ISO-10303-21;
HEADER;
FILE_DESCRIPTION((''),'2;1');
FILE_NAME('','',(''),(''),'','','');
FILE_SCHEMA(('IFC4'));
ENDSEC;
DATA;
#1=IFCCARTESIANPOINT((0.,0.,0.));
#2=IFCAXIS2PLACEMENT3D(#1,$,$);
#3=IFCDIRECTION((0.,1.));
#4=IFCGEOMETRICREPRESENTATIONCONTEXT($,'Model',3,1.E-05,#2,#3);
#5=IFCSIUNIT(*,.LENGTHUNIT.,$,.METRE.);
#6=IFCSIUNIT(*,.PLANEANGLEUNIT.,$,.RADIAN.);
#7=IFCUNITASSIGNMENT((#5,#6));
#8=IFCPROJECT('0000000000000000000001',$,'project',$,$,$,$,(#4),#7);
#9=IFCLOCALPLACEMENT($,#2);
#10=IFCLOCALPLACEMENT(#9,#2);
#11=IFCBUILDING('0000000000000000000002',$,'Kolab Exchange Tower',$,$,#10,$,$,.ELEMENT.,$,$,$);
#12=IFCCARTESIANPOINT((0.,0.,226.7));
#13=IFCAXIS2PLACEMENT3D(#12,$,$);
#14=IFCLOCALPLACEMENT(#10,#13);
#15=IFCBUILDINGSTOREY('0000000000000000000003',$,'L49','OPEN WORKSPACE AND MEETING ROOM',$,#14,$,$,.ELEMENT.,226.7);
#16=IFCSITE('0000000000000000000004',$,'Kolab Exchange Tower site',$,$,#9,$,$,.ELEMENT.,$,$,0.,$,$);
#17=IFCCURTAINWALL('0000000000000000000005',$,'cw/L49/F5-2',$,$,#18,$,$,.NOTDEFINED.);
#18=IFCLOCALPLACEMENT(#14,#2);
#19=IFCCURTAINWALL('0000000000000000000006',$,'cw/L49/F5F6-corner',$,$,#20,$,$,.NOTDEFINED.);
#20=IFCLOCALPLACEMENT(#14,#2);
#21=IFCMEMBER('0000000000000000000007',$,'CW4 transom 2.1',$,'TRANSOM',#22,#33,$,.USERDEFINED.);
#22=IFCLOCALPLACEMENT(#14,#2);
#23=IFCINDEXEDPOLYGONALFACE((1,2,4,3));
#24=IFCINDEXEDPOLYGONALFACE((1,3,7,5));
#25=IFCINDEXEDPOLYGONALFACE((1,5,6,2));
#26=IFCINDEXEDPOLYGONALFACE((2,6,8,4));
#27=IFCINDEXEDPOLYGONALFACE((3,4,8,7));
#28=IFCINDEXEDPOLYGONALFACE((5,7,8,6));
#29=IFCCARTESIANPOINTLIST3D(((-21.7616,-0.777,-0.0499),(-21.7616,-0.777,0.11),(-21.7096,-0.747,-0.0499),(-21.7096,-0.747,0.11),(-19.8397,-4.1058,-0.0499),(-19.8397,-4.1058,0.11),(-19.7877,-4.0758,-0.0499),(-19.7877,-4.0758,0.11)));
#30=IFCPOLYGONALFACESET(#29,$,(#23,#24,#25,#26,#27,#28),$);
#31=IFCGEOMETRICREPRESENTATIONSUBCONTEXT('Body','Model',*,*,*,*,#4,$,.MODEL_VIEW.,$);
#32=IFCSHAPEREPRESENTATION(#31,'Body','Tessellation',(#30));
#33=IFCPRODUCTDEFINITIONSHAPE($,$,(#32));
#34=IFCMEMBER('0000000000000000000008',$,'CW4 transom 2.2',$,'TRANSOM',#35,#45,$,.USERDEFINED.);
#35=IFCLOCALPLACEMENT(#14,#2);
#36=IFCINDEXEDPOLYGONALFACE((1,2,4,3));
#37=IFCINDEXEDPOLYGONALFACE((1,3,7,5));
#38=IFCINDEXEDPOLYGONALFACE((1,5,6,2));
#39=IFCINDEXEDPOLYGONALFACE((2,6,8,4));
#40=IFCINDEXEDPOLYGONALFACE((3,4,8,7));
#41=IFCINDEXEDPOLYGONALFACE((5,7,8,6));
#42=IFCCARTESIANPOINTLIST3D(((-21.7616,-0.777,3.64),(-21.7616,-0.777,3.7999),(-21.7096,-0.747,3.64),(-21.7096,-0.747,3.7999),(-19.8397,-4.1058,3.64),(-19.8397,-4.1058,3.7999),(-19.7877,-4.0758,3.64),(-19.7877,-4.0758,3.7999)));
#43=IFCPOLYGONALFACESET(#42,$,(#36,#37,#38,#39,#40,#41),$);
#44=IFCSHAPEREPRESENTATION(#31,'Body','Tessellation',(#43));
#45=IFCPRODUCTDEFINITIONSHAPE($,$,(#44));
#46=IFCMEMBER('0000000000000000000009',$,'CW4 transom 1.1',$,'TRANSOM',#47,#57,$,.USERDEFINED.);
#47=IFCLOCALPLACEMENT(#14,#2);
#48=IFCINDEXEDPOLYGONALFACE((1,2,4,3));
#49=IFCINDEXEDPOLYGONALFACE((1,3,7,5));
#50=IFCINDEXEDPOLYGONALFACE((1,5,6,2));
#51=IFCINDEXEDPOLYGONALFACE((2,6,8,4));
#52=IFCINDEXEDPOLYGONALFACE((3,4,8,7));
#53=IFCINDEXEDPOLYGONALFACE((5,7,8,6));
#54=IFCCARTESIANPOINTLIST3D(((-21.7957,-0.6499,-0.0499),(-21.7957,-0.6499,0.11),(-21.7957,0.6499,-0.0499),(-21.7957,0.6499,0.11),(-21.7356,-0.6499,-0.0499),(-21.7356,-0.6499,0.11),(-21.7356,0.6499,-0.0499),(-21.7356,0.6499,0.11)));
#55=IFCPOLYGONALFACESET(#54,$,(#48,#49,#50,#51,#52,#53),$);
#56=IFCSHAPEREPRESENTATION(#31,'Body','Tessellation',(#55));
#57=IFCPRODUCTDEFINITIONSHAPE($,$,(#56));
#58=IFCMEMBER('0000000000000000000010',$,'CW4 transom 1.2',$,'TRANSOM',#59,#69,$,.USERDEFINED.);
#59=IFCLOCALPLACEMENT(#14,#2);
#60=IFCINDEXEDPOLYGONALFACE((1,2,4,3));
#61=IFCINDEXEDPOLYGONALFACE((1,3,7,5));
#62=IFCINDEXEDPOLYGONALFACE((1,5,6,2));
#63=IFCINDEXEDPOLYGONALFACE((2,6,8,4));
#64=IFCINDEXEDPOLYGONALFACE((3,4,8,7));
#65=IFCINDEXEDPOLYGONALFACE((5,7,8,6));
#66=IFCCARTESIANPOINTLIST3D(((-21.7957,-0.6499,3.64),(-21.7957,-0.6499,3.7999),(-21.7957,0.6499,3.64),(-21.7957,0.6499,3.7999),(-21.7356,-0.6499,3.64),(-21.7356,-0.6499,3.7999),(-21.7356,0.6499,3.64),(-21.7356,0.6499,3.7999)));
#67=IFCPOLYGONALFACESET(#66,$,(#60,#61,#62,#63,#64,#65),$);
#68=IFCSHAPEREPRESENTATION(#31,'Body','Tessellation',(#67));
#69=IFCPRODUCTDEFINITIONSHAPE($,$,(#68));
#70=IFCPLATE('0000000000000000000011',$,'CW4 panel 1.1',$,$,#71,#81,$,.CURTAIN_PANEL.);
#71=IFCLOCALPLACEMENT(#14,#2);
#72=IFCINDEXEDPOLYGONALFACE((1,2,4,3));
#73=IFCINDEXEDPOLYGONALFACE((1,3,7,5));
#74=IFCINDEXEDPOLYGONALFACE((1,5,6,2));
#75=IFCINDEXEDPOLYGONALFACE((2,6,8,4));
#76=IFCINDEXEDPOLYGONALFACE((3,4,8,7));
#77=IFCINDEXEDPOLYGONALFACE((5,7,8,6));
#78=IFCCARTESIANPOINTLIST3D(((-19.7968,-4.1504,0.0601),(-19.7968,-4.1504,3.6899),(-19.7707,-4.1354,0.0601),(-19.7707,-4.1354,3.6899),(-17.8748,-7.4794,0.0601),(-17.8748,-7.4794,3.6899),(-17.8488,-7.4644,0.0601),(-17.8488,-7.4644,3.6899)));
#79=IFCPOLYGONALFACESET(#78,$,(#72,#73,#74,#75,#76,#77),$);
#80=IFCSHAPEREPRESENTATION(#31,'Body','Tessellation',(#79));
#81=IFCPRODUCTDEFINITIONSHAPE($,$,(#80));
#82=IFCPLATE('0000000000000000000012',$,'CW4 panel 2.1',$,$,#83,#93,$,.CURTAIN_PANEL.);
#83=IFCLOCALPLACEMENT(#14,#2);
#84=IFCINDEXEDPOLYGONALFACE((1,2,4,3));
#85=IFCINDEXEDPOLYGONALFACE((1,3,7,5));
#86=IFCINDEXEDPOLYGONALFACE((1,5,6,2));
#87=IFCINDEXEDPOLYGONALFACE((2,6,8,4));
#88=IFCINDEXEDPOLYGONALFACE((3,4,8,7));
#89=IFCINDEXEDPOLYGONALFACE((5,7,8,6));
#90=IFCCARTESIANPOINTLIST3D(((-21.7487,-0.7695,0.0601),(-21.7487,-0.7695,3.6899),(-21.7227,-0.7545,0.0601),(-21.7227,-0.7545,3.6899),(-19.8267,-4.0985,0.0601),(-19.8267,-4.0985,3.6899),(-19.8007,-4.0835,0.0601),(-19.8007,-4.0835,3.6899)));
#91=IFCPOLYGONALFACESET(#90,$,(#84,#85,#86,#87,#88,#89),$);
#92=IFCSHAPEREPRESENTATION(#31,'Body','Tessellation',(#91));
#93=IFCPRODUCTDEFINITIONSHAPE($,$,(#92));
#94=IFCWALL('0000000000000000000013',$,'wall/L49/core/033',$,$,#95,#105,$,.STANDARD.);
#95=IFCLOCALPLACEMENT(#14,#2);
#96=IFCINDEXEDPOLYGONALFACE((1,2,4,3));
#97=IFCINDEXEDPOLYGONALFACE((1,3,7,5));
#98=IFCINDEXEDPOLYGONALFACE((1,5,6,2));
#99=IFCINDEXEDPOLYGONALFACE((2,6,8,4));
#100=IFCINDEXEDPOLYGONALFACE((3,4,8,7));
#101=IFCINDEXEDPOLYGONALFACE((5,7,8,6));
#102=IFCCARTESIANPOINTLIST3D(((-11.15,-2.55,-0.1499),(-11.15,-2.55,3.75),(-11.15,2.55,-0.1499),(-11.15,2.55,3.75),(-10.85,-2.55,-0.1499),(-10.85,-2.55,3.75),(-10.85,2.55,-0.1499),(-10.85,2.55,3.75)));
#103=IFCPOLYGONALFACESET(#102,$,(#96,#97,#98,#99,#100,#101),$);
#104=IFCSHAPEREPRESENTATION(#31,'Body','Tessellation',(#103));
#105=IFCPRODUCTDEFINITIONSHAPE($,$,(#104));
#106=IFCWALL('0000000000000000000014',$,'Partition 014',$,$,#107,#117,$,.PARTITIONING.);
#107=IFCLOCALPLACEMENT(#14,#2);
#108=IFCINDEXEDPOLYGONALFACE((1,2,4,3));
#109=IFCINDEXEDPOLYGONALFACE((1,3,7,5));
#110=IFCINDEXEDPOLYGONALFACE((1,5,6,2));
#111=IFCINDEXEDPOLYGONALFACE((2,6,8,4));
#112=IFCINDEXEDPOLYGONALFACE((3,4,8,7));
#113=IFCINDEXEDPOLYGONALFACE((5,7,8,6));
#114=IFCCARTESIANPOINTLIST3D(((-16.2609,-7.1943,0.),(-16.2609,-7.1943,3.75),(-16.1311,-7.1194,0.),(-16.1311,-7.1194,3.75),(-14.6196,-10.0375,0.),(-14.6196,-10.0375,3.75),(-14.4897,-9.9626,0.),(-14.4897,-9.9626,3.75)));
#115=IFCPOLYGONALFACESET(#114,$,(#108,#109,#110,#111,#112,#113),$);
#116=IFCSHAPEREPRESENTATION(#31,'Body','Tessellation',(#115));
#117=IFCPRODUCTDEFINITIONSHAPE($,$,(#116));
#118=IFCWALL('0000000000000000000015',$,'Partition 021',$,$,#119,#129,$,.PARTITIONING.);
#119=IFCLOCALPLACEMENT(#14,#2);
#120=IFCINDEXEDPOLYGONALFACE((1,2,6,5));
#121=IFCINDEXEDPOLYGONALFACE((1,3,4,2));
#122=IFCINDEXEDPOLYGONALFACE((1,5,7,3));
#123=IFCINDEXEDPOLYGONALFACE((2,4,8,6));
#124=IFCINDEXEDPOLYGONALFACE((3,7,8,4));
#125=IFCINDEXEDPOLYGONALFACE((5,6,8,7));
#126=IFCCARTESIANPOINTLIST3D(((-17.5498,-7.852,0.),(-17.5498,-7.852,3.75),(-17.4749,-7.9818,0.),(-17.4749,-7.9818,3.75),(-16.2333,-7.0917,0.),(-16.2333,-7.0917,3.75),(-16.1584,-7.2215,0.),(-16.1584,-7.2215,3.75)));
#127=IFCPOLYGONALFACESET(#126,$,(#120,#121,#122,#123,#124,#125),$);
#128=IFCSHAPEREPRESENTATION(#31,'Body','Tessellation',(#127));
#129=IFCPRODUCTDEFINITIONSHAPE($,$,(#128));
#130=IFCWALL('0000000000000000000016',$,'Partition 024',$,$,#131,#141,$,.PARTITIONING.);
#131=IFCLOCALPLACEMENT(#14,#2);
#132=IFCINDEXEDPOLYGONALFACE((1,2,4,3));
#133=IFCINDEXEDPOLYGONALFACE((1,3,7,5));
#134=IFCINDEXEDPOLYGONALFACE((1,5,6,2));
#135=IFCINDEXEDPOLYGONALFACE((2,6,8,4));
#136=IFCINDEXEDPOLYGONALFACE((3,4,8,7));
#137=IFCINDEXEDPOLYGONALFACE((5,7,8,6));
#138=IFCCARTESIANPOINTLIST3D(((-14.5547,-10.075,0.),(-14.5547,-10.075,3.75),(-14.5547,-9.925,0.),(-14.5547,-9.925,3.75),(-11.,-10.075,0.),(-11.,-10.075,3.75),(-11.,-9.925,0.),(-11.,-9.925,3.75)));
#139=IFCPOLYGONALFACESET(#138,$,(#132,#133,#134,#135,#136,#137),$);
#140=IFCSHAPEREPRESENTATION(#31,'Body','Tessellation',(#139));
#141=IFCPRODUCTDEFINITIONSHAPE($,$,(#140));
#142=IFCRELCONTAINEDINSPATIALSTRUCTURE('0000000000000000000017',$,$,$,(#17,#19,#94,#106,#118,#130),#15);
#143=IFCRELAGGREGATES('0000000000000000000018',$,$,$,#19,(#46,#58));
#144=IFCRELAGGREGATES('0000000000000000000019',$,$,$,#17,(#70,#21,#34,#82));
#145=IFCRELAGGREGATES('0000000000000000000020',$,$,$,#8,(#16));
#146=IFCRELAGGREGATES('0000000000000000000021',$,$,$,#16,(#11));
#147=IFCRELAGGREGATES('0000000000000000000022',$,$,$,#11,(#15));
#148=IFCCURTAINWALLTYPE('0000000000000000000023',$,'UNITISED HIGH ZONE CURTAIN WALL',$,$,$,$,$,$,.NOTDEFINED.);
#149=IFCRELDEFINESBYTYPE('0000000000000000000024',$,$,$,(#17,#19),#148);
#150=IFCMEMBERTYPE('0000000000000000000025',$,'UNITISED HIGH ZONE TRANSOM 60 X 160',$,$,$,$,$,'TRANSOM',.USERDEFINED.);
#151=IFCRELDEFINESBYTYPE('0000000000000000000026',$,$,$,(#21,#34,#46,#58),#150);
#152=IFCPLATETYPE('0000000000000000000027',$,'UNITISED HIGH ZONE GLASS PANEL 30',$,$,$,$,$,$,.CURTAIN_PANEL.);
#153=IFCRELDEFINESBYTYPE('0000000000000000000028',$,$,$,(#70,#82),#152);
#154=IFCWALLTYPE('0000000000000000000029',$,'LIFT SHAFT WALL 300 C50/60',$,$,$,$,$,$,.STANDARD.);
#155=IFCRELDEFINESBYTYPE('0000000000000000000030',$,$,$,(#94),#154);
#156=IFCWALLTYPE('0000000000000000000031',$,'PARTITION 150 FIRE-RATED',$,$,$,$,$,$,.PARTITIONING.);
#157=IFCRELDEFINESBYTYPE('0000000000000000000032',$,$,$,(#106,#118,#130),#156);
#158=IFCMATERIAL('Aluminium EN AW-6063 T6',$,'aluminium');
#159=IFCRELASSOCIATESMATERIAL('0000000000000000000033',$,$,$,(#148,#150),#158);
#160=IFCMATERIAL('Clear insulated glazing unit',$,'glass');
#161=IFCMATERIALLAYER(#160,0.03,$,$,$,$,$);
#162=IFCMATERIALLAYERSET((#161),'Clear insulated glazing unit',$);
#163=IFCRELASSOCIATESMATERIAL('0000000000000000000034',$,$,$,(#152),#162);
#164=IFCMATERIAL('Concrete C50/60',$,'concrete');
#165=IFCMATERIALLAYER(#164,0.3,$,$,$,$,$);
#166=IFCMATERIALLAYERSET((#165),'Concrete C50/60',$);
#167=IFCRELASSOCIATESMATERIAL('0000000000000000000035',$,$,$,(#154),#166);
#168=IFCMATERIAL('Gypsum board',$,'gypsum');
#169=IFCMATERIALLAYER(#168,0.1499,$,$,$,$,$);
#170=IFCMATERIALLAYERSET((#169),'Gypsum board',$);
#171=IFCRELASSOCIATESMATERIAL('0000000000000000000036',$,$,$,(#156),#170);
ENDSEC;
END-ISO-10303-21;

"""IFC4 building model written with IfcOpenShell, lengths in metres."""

from ifc_helpers import new_model, si_unit, direction, frame, frame_2d, origin, origin_2d, place, context, subcontext, project, spatial, rectangle, extrude, material, layer, layer_set, material_profile, profile_set, type_object, element, aggregate, save


model = new_model("IFC4")

# Units and contexts
model_context = context("Model", 3, precision=1e-05, world=origin(), true_north=direction((0.0, 1.0)))
body_context = subcontext(model_context, "Body", "Model", "MODEL_VIEW")
ifc_project = project(units=[si_unit("LENGTHUNIT", "METRE"), si_unit("PLANEANGLEUNIT", "RADIAN")], contexts=[model_context])

# Site, building, storey
site_placement = place(None, origin())
site = spatial("IfcSite", under=ifc_project, at=site_placement, Name="Kolab Exchange Tower site", CompositionType="ELEMENT", RefElevation=0.0)
building_placement = place(site_placement, origin())
building = spatial("IfcBuilding", under=site, at=building_placement, Name="Kolab Exchange Tower", CompositionType="ELEMENT")
storey_placement = place(building_placement, frame((0.0, 0.0, 226.7)))
storey = spatial("IfcBuildingStorey", under=building, at=storey_placement, Name="L49", Description="OPEN WORKSPACE AND MEETING ROOM", CompositionType="ELEMENT", Elevation=226.7)

# Shared definitions
ifc_material_1 = material(Name="Concrete C50/60", Category="concrete")

# Curtain wall
ifc_material_2 = material(Name="Aluminium EN AW-6063 T6", Category="aluminium")
curtain_wall_type = type_object("IfcCurtainWallType", Name="UNITISED HIGH ZONE CURTAIN WALL", PredefinedType="NOTDEFINED", material=ifc_material_2)
curtain_wall_1_placement = place(storey_placement, origin())
curtain_wall_1 = element("IfcCurtainWall", 1, at=curtain_wall_1_placement, inside=storey, type_object=curtain_wall_type, Name="cw/L49/F5-2", PredefinedType="NOTDEFINED")

# Curtain wall
curtain_wall_2_placement = place(storey_placement, origin())
curtain_wall_2 = element("IfcCurtainWall", 2, at=curtain_wall_2_placement, inside=storey, type_object=curtain_wall_type, Name="cw/L49/F5F6-corner", PredefinedType="NOTDEFINED")

# Members
ifc_material_profile_1 = material_profile(ifc_material_2, rectangle(XDim=0.0601, YDim=0.1599, at=origin_2d()), Name="RECT 60X160")
ifc_profile_set_1 = profile_set([ifc_material_profile_1], Name="Aluminium EN AW-6063 T6")
member_type_1 = type_object("IfcMemberType", Name="UNITISED HIGH ZONE TRANSOM 60 X 160", ElementType="TRANSOM", PredefinedType="USERDEFINED", material=ifc_profile_set_1)
member_1_placement = place(storey_placement, frame((-19.8137, -4.0908, 0.03), z_axis=(-0.499992, 0.86603, 0.0), x_axis=(-0.86603, -0.499992, 0.0)))
member_1 = element("IfcMember", 3, at=member_1_placement, type_object=member_type_1, Name="CW4 transom 2.1", ObjectType="TRANSOM", PredefinedType="USERDEFINED", context=body_context, shape_type="SweptSolid", body=[
    extrude(rectangle(XDim=0.0601, YDim=0.1599, at=origin_2d()), origin(), (0.0, 0.0, 1.0), 3.8438),
])
member_2_placement = place(storey_placement, frame((-19.8137, -4.0908, 3.72), z_axis=(-0.499992, 0.86603, 0.0), x_axis=(-0.86603, -0.499992, 0.0)))
member_2 = element("IfcMember", 4, at=member_2_placement, type_object=member_type_1, Name="CW4 transom 2.2", ObjectType="TRANSOM", PredefinedType="USERDEFINED", context=body_context, shape_type="SweptSolid", body=[
    extrude(rectangle(XDim=0.0601, YDim=0.1599, at=origin_2d()), origin(), (0.0, 0.0, 1.0), 3.8438),
])
member_3_placement = place(storey_placement, frame((-21.7656, -0.6499, 0.03), z_axis=(0.0, 1.0, 0.0), x_axis=(-1.0, 0.0, 0.0)))
member_3 = element("IfcMember", 5, at=member_3_placement, type_object=member_type_1, Name="CW4 transom 1.1", ObjectType="TRANSOM", PredefinedType="USERDEFINED", context=body_context, shape_type="SweptSolid", body=[
    extrude(rectangle(XDim=0.0601, YDim=0.1599, at=origin_2d()), origin(), (0.0, 0.0, 1.0), 1.2998),
])
member_4_placement = place(storey_placement, frame((-21.7656, -0.6499, 3.72), z_axis=(0.0, 1.0, 0.0), x_axis=(-1.0, 0.0, 0.0)))
member_4 = element("IfcMember", 6, at=member_4_placement, type_object=member_type_1, Name="CW4 transom 1.2", ObjectType="TRANSOM", PredefinedType="USERDEFINED", context=body_context, shape_type="SweptSolid", body=[
    extrude(rectangle(XDim=0.0601, YDim=0.1599, at=origin_2d()), origin(), (0.0, 0.0, 1.0), 1.2998),
])
aggregate(curtain_wall_2, [member_3, member_4])

# Plates
ifc_material_3 = material(Name="Clear insulated glazing unit", Category="glass")
ifc_layer_1 = layer(ifc_material_3, 0.03)
ifc_layer_set_1 = layer_set([ifc_layer_1], Name="Clear insulated glazing unit")
plate_type = type_object("IfcPlateType", Name="UNITISED HIGH ZONE GLASS PANEL 30", PredefinedType="CURTAIN_PANEL", material=ifc_layer_set_1)
plate_1_placement = place(storey_placement, frame((-18.8228, -5.8074, 0.0601), z_axis=(0.0, 0.0, 1.0), x_axis=(-0.5, 0.866025, 0.0)))
plate_1 = element("IfcPlate", 7, at=plate_1_placement, type_object=plate_type, Name="CW4 panel 1.1", PredefinedType="CURTAIN_PANEL", context=body_context, shape_type="SweptSolid", body=[
    extrude(rectangle(XDim=3.844, YDim=0.03, at=origin_2d()), origin(), (0.0, 0.0, 1.0), 3.6299),
])
plate_2_placement = place(storey_placement, frame((-20.7747, -2.4265, 0.0601), z_axis=(0.0, 0.0, 1.0), x_axis=(-0.5, 0.866025, 0.0)))
plate_2 = element("IfcPlate", 8, at=plate_2_placement, type_object=plate_type, Name="CW4 panel 2.1", PredefinedType="CURTAIN_PANEL", context=body_context, shape_type="SweptSolid", body=[
    extrude(rectangle(XDim=3.844, YDim=0.03, at=origin_2d()), origin(), (0.0, 0.0, 1.0), 3.6299),
])
aggregate(curtain_wall_1, [plate_1, member_1, member_2, plate_2])

# Walls
ifc_layer_2 = layer(ifc_material_1, 0.3)
ifc_layer_set_2 = layer_set([ifc_layer_2], Name="Concrete C50/60")
wall_type_1 = type_object("IfcWallType", Name="LIFT SHAFT WALL 300 C50/60", PredefinedType="STANDARD", material=ifc_layer_set_2)
wall_1_placement = place(storey_placement, frame((-11.0, -2.55, -0.1499), z_axis=(0.0, 0.0, 1.0), x_axis=(0.0, 1.0, 0.0)))
element("IfcWall", 9, at=wall_1_placement, inside=storey, type_object=wall_type_1, Name="wall/L49/core/033", PredefinedType="STANDARD", context=body_context, shape_type="SweptSolid", body=[
    extrude(rectangle(XDim=5.1001, YDim=0.3, at=frame_2d((2.55, 0.0))), origin(), (0.0, 0.0, 1.0), 3.8999),
])
ifc_material_4 = material(Name="Gypsum board", Category="gypsum")
ifc_layer_3 = layer(ifc_material_4, 0.1499)
ifc_layer_set_3 = layer_set([ifc_layer_3], Name="Gypsum board")
wall_type_2 = type_object("IfcWallType", Name="PARTITION 150 FIRE-RATED", PredefinedType="PARTITIONING", material=ifc_layer_set_3)
wall_2_placement = place(storey_placement, frame((-16.196, -7.1567, 0.0), z_axis=(0.0, 0.0, 1.0), x_axis=(0.499954, -0.866052, 0.0)))
element("IfcWall", 10, at=wall_2_placement, inside=storey, type_object=wall_type_2, Name="Partition 014", PredefinedType="PARTITIONING", context=body_context, shape_type="SweptSolid", body=[
    extrude(rectangle(XDim=3.283, YDim=0.1499, at=frame_2d((1.6416, 0.0))), origin(), (0.0, 0.0, 1.0), 3.75),
])
wall_3_placement = place(storey_placement, frame((-17.5125, -7.917, 0.0), z_axis=(0.0, 0.0, 1.0), x_axis=(0.865961, 0.500112, 0.0)))
element("IfcWall", 11, at=wall_3_placement, inside=storey, type_object=wall_type_2, Name="Partition 021", PredefinedType="PARTITIONING", context=body_context, shape_type="SweptSolid", body=[
    extrude(rectangle(XDim=1.5203, YDim=0.1499, at=frame_2d((0.7603, 0.0))), origin(), (0.0, 0.0, 1.0), 3.75),
])
wall_4_placement = place(storey_placement, frame((-14.5547, -10.0, 0.0), z_axis=(0.0, 0.0, 1.0), x_axis=(1.0, 0.0, 0.0)))
element("IfcWall", 12, at=wall_4_placement, inside=storey, type_object=wall_type_2, Name="Partition 024", PredefinedType="PARTITIONING", context=body_context, shape_type="SweptSolid", body=[
    extrude(rectangle(XDim=3.5547, YDim=0.1499, at=frame_2d((1.7773, 0.0))), origin(), (0.0, 0.0, 1.0), 3.75),
])

save(model, "model.ifc")
